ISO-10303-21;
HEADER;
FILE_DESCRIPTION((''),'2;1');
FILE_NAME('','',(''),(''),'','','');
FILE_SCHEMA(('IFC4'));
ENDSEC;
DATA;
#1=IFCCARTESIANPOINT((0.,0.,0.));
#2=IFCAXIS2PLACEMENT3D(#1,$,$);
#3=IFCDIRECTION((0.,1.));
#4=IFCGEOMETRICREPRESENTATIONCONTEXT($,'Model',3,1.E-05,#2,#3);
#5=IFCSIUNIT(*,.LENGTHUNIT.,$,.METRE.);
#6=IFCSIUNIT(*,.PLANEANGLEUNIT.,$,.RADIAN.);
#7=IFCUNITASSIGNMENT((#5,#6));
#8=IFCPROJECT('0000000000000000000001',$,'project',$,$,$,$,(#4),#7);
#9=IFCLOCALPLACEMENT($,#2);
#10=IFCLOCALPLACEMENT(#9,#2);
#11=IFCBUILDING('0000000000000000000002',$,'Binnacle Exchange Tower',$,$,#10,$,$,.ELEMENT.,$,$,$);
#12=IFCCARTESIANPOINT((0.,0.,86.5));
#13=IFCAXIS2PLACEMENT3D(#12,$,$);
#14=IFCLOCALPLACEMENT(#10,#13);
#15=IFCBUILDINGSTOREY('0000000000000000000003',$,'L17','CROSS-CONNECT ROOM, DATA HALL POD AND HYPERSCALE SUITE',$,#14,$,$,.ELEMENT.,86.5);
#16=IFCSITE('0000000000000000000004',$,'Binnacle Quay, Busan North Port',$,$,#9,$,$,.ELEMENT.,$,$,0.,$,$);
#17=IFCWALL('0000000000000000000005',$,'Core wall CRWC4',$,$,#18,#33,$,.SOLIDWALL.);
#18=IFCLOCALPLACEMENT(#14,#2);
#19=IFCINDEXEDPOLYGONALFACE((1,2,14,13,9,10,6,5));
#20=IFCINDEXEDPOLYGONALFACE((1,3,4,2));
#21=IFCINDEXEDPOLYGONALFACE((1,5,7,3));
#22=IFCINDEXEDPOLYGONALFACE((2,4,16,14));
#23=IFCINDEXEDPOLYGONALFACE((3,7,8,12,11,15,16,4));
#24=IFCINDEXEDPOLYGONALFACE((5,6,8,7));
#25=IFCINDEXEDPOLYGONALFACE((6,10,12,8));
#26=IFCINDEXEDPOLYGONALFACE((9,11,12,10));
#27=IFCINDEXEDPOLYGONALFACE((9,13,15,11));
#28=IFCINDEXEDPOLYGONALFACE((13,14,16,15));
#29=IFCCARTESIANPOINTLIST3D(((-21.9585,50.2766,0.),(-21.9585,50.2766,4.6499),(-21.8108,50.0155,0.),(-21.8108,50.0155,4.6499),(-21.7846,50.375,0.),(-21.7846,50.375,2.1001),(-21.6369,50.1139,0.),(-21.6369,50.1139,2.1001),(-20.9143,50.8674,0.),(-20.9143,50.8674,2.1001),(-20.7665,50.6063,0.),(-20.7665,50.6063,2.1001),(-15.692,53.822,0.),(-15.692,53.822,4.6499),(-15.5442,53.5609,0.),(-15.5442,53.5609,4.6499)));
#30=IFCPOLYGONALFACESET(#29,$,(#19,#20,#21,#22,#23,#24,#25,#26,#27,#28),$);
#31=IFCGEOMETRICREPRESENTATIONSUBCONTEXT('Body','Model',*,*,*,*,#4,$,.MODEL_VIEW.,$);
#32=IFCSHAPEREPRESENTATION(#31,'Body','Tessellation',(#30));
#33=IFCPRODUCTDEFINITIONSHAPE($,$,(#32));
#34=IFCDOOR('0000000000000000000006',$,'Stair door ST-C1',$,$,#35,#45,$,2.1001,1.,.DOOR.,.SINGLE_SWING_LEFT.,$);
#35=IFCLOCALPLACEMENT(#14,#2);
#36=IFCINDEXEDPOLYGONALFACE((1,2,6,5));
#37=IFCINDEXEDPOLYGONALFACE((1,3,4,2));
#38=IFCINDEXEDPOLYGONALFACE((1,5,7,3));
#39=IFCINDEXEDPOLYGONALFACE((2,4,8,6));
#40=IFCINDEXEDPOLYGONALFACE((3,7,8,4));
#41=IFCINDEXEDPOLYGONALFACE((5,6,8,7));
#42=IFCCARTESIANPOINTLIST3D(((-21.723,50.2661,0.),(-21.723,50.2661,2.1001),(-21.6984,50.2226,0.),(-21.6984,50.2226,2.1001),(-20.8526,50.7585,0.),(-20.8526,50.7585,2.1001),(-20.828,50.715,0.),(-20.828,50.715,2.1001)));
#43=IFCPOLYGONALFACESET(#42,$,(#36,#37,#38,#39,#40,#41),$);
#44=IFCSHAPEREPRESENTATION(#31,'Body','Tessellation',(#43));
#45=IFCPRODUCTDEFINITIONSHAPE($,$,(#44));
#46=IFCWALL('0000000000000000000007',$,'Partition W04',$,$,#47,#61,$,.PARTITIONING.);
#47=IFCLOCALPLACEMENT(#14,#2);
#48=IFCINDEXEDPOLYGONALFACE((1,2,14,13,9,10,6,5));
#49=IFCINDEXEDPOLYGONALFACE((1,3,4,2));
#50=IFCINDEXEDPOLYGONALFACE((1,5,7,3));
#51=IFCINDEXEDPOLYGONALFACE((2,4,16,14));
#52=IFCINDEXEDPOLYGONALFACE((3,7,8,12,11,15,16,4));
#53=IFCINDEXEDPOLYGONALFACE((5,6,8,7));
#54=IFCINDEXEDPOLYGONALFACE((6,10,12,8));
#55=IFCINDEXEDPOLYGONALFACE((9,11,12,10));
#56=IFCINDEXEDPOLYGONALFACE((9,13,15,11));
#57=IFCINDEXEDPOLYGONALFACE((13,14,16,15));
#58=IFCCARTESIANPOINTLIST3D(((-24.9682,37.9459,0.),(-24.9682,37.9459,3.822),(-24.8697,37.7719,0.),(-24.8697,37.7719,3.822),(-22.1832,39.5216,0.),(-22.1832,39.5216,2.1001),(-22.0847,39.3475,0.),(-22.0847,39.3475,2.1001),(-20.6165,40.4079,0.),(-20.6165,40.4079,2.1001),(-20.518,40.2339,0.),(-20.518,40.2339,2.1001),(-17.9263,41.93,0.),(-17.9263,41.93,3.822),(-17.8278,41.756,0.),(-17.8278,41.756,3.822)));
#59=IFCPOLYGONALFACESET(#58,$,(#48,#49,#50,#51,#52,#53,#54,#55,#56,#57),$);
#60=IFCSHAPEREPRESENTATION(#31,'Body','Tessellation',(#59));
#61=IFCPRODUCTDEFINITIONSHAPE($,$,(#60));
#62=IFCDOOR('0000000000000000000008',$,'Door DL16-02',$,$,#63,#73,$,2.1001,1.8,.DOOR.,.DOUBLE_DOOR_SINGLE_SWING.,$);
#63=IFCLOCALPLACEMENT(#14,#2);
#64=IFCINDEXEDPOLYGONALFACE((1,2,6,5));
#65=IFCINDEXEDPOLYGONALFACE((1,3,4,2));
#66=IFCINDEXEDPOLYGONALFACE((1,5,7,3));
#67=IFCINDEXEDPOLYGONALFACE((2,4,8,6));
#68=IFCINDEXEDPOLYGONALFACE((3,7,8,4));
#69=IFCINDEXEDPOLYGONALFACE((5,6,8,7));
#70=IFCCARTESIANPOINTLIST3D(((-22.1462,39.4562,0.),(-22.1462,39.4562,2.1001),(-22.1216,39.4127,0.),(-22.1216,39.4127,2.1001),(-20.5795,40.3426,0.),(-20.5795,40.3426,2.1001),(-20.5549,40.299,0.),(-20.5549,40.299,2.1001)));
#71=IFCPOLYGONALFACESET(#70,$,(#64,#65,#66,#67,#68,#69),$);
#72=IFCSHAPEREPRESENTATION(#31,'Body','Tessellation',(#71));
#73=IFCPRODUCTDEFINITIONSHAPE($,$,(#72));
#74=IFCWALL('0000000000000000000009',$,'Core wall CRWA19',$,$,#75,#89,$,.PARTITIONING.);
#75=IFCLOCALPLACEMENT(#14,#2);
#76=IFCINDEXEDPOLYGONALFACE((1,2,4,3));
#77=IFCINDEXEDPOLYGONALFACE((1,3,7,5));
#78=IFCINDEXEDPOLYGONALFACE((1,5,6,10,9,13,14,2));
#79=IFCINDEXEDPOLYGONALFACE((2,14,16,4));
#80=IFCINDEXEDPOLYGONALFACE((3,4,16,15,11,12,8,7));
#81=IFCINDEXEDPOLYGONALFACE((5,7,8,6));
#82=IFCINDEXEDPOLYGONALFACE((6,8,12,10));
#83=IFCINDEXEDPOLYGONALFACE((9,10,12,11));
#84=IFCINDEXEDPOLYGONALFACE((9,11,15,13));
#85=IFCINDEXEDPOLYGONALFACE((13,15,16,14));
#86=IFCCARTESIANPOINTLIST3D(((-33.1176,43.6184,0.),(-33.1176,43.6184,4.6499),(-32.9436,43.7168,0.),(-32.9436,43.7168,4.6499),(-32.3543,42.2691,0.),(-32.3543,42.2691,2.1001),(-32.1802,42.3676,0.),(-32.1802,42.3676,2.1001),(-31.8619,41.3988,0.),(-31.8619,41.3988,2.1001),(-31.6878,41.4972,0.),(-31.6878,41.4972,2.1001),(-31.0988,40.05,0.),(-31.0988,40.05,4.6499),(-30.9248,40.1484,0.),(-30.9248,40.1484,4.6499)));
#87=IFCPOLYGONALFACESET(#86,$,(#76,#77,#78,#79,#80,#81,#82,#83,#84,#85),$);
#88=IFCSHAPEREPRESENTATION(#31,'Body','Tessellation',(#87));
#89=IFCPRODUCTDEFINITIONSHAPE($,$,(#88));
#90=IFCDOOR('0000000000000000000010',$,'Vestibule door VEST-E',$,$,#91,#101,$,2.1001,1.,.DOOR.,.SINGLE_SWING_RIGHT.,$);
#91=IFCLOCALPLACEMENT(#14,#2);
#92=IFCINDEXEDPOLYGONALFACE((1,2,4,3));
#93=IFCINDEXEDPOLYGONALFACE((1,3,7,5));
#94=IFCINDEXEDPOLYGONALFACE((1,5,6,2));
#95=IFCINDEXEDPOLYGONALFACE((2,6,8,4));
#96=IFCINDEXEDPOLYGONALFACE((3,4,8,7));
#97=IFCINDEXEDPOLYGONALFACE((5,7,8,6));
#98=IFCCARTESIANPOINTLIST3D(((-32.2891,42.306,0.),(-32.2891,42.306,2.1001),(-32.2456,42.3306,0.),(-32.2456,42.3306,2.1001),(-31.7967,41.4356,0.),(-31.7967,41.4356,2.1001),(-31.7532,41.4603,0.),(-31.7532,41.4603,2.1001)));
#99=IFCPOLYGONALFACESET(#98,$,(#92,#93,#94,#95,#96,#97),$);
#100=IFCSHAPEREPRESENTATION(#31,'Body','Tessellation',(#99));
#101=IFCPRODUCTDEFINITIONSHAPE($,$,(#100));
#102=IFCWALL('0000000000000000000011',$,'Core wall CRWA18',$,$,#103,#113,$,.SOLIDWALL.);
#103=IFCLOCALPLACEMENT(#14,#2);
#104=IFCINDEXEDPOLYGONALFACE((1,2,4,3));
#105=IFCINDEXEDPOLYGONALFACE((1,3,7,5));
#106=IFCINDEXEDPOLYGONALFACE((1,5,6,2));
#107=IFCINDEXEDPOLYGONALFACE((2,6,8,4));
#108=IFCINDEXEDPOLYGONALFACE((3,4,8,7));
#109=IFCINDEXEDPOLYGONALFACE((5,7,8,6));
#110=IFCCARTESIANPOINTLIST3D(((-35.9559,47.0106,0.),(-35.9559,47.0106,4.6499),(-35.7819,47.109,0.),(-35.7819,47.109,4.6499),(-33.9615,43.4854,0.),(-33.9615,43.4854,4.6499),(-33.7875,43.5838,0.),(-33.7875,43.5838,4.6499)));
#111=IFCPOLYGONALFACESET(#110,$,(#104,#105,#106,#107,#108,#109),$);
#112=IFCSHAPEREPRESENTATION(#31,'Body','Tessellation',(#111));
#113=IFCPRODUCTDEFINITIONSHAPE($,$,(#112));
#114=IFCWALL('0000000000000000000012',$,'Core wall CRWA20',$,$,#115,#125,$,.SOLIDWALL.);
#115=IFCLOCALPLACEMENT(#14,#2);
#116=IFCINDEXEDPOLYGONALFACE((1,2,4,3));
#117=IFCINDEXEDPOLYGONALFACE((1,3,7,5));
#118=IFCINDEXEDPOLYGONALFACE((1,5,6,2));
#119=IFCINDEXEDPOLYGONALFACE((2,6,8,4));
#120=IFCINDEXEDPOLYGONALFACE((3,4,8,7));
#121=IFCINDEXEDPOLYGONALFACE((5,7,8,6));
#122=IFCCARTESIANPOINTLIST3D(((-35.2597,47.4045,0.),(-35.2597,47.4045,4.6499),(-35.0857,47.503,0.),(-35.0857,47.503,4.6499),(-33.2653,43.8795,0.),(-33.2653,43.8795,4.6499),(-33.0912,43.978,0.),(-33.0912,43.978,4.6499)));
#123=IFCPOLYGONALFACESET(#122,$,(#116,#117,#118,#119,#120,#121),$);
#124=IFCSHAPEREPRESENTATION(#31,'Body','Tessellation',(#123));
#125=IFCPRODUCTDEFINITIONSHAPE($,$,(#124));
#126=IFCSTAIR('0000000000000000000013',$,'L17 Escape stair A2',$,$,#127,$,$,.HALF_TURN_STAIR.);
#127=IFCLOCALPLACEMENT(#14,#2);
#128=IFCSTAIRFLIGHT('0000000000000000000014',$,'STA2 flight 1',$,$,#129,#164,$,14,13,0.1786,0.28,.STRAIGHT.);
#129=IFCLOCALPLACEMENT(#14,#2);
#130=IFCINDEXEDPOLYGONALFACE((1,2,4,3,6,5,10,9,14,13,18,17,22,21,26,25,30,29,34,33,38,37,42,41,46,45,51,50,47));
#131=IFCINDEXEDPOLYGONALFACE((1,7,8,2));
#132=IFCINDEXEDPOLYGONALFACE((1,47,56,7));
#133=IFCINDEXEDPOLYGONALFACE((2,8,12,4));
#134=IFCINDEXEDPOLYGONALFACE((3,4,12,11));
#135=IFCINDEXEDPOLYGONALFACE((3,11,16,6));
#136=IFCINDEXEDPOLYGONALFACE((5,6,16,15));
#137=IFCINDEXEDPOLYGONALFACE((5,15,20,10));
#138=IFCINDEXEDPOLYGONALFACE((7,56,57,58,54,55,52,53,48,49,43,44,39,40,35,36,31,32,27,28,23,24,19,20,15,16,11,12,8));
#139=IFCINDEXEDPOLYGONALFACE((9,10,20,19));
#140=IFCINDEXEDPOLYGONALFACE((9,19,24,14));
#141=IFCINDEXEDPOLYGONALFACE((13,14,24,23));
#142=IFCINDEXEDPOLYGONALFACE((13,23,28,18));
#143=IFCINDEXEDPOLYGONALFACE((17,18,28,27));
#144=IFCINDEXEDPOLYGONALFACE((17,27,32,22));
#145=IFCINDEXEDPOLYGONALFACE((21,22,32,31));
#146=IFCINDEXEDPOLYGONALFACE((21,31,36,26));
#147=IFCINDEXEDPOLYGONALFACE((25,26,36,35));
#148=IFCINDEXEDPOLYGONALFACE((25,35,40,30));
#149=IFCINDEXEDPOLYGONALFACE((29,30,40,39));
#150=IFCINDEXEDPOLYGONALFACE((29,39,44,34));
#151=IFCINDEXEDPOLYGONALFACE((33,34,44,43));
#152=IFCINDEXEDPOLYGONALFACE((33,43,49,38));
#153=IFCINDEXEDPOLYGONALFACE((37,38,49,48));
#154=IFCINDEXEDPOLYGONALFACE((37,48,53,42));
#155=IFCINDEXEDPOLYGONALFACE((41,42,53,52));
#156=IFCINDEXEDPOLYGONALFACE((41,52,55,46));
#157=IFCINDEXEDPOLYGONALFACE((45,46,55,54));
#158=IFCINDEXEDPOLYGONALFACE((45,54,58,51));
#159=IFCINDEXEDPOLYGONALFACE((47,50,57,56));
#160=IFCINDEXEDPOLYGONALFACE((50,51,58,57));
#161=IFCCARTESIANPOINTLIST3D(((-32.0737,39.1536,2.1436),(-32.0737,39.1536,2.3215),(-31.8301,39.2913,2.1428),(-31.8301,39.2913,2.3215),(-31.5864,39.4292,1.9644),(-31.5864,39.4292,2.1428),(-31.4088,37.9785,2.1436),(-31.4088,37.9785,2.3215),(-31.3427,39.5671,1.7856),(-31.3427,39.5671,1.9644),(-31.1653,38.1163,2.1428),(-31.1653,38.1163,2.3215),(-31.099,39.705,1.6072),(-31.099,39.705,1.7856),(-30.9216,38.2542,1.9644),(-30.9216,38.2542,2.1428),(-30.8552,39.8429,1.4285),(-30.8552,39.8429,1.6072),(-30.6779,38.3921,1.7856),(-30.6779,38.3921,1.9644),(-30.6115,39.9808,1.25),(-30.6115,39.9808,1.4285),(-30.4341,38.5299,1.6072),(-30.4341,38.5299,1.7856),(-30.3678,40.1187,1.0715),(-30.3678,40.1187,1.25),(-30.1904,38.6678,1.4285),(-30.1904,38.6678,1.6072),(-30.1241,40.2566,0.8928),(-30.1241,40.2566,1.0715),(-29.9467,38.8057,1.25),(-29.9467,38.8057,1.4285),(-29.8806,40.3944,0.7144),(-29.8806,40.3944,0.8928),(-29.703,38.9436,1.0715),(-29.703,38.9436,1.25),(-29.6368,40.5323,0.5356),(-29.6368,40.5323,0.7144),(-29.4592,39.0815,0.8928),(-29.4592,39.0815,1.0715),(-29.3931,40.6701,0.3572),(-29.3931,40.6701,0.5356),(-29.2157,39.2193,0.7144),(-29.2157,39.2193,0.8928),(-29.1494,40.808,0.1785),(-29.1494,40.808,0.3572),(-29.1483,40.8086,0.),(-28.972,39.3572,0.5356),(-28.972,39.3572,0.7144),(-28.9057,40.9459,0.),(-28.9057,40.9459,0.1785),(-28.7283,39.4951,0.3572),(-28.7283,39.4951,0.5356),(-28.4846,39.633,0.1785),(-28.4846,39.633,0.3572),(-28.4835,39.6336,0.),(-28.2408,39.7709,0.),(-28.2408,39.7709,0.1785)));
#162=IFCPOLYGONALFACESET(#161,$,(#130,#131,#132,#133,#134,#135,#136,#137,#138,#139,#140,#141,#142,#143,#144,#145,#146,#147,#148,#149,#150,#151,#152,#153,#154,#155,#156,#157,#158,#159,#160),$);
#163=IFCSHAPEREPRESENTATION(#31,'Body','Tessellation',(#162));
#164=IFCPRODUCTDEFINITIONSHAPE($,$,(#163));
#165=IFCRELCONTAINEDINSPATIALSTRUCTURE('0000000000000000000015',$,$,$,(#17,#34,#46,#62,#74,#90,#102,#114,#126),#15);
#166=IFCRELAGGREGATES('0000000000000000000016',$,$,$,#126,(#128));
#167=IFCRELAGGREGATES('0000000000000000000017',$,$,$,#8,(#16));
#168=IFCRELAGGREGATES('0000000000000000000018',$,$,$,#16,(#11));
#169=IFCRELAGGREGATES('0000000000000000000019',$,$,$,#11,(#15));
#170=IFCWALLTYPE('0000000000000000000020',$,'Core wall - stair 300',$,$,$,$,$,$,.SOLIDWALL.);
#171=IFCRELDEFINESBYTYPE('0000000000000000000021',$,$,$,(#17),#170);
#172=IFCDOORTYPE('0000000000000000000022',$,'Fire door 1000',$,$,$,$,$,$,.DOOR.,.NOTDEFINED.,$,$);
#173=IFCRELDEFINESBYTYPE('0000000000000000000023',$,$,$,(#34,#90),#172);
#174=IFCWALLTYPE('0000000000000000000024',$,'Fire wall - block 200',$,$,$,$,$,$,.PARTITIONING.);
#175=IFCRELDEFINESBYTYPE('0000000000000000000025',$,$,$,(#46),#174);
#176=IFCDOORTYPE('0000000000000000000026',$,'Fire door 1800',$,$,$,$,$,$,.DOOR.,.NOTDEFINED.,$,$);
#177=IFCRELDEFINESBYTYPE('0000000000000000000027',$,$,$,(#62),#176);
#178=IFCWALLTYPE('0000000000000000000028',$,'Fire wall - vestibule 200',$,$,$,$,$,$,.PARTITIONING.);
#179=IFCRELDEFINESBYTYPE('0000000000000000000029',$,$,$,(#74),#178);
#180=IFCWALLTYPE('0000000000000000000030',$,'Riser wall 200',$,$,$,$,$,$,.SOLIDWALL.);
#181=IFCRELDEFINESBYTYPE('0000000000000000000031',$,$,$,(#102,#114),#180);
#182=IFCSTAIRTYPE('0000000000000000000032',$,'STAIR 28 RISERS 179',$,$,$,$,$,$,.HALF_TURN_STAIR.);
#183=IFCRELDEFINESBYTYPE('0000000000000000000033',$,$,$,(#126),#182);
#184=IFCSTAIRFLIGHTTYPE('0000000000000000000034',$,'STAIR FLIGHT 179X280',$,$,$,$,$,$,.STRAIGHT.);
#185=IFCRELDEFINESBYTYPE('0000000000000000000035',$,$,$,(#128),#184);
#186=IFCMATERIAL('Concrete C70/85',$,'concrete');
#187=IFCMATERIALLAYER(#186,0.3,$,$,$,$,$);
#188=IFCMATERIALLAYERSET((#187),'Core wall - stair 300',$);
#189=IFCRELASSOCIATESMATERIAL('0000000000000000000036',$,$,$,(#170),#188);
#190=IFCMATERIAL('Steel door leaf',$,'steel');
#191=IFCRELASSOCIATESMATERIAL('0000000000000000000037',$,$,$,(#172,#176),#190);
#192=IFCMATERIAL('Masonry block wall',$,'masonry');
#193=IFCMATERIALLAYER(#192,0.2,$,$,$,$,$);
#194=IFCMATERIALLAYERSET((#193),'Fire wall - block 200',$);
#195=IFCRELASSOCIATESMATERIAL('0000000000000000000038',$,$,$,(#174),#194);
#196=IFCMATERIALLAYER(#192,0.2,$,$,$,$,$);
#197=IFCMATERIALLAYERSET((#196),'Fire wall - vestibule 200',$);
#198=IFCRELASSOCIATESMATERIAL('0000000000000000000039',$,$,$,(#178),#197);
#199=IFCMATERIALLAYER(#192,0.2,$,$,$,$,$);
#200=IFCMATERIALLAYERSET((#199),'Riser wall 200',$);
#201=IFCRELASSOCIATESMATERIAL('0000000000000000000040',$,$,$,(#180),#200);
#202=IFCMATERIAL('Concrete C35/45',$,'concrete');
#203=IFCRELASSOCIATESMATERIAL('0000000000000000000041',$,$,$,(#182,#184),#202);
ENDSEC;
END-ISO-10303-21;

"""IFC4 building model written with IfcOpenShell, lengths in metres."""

from ifc_helpers import new_model, si_unit, direction, frame, frame_2d, origin, place, context, subcontext, project, spatial, polyline, rectangle, outline, extrude, material, layer, layer_set, type_object, element, fill, aggregate, save


model = new_model("IFC4")

# Units and contexts
model_context = context("Model", 3, precision=1e-05, world=origin(), true_north=direction((0.0, 1.0)))
body_context = subcontext(model_context, "Body", "Model", "MODEL_VIEW")
ifc_project = project(units=[si_unit("LENGTHUNIT", "METRE"), si_unit("PLANEANGLEUNIT", "RADIAN")], contexts=[model_context])

# Site, building, storey
site_placement = place(None, origin())
site = spatial("IfcSite", under=ifc_project, at=site_placement, Name="Binnacle Quay, Busan North Port", CompositionType="ELEMENT", RefElevation=0.0)
building_placement = place(site_placement, origin())
building = spatial("IfcBuilding", under=site, at=building_placement, Name="Binnacle Exchange Tower", CompositionType="ELEMENT")
storey_placement = place(building_placement, frame((0.0, 0.0, 86.5)))
storey = spatial("IfcBuildingStorey", under=building, at=storey_placement, Name="L17", Description="CROSS-CONNECT ROOM, DATA HALL POD AND HYPERSCALE SUITE", CompositionType="ELEMENT", Elevation=86.5)

# Shared definitions
ifc_material_1 = material(Name="Concrete C70/85", Category="concrete")

# Shared definitions
ifc_layer_1 = layer(ifc_material_1, 0.3)
ifc_layer_set_1 = layer_set([ifc_layer_1], Name="Core wall - stair 300")
wall_type_1 = type_object("IfcWallType", Name="Core wall - stair 300", PredefinedType="SOLIDWALL", material=ifc_layer_set_1)
ifc_material_2 = material(Name="Steel door leaf", Category="steel")
door_type_1 = type_object("IfcDoorType", Name="Fire door 1000", OperationType="NOTDEFINED", PredefinedType="DOOR", material=ifc_material_2)

# Walls, openings, doors
wall_1_placement = place(storey_placement, frame((-21.8848, 50.146, 0.0), z_axis=(0.0, 0.0, 1.0), x_axis=(0.870359, 0.492417, 0.0)))
wall_1 = element("IfcWall", 1, at=wall_1_placement, inside=storey, type_object=wall_type_1, Name="Core wall CRWC4", PredefinedType="SOLIDWALL", context=body_context, shape_type="SweptSolid", body=[
    extrude(rectangle(XDim=7.2, YDim=0.3, at=frame_2d((3.6001, 0.0))), origin(), (0.0, 0.0, 1.0), 4.6499),
])
opening_1_placement = place(wall_1_placement, frame((0.2, 0.0, 0.0)))
opening_1 = element("IfcOpeningElement", 2, at=opening_1_placement, cuts=wall_1, PredefinedType="OPENING", context=body_context, shape_type="SweptSolid", body=[
    extrude(rectangle(XDim=1.0, YDim=2.1001, at=frame_2d((0.5, 1.05))), frame((0.0, 0.1599, 0.0), z_axis=(0.0, -1.0, 0.0), x_axis=(1.0, 0.0, 0.0)), (0.0, 0.0, 1.0), 0.3201),
])
door_1_placement = place(opening_1_placement, origin())
door_1 = element("IfcDoor", 3, at=door_1_placement, inside=storey, type_object=door_type_1, Name="Stair door ST-C1", OperationType="SINGLE_SWING_LEFT", OverallHeight=2.1001, OverallWidth=1.0, PredefinedType="DOOR", context=body_context, shape_type="SweptSolid", body=[
    extrude(rectangle(XDim=1.0, YDim=2.1001, at=frame_2d((0.5, 1.05))), frame((0.0, 0.0249, 0.0), z_axis=(0.0, -1.0, 0.0), x_axis=(1.0, 0.0, 0.0)), (0.0, 0.0, 1.0), 0.05),
])
fill(opening_1, door_1)
ifc_material_3 = material(Name="Masonry block wall", Category="masonry")
ifc_layer_2 = layer(ifc_material_3, 0.2)
ifc_layer_set_2 = layer_set([ifc_layer_2], Name="Fire wall - block 200")
wall_type_2 = type_object("IfcWallType", Name="Fire wall - block 200", PredefinedType="PARTITIONING", material=ifc_layer_set_2)
wall_2_placement = place(storey_placement, frame((-24.9189, 37.8589, 0.0), z_axis=(0.0, 0.0, 1.0), x_axis=(0.870358, 0.49242, 0.0)))
wall_2 = element("IfcWall", 4, at=wall_2_placement, inside=storey, type_object=wall_type_2, Name="Partition W04", PredefinedType="PARTITIONING", context=body_context, shape_type="SweptSolid", body=[
    extrude(rectangle(XDim=8.0908, YDim=0.2, at=frame_2d((4.0454, 0.0))), origin(), (0.0, 0.0, 1.0), 3.822),
])
opening_2_placement = place(wall_2_placement, frame((3.2, 0.0, 0.0)))
opening_2 = element("IfcOpeningElement", 5, at=opening_2_placement, cuts=wall_2, PredefinedType="OPENING", context=body_context, shape_type="SweptSolid", body=[
    extrude(rectangle(XDim=1.8, YDim=2.1001, at=frame_2d((0.8999, 1.05))), frame((0.0, 0.1099, 0.0), z_axis=(0.0, -1.0, 0.0), x_axis=(1.0, 0.0, 0.0)), (0.0, 0.0, 1.0), 0.22),
])
door_type_2 = type_object("IfcDoorType", Name="Fire door 1800", OperationType="NOTDEFINED", PredefinedType="DOOR", material=ifc_material_2)
door_2_placement = place(opening_2_placement, origin())
door_2 = element("IfcDoor", 6, at=door_2_placement, inside=storey, type_object=door_type_2, Name="Door DL16-02", OperationType="DOUBLE_DOOR_SINGLE_SWING", OverallHeight=2.1001, OverallWidth=1.8, PredefinedType="DOOR", context=body_context, shape_type="SweptSolid", body=[
    extrude(rectangle(XDim=1.8, YDim=2.1001, at=frame_2d((0.8999, 1.05))), frame((0.0, 0.0249, 0.0), z_axis=(0.0, -1.0, 0.0), x_axis=(1.0, 0.0, 0.0)), (0.0, 0.0, 1.0), 0.05),
])
fill(opening_2, door_2)
ifc_layer_3 = layer(ifc_material_3, 0.2)
ifc_layer_set_3 = layer_set([ifc_layer_3], Name="Fire wall - vestibule 200")
wall_type_3 = type_object("IfcWallType", Name="Fire wall - vestibule 200", PredefinedType="PARTITIONING", material=ifc_layer_set_3)
wall_3_placement = place(storey_placement, frame((-33.0305, 43.6675, 0.0), z_axis=(0.0, 0.0, 1.0), x_axis=(0.492408, -0.870364, 0.0)))
wall_3 = element("IfcWall", 7, at=wall_3_placement, inside=storey, type_object=wall_type_3, Name="Core wall CRWA19", PredefinedType="PARTITIONING", context=body_context, shape_type="SweptSolid", body=[
    extrude(rectangle(XDim=4.0999, YDim=0.2, at=frame_2d((2.0498, 0.0))), origin(), (0.0, 0.0, 1.0), 4.6499),
])
opening_3_placement = place(wall_3_placement, frame((1.55, 0.0, 0.0)))
opening_3 = element("IfcOpeningElement", 8, at=opening_3_placement, cuts=wall_3, PredefinedType="OPENING", context=body_context, shape_type="SweptSolid", body=[
    extrude(rectangle(XDim=1.0, YDim=2.1001, at=frame_2d((0.5, 1.05))), frame((0.0, 0.1099, 0.0), z_axis=(0.0, -1.0, 0.0), x_axis=(1.0, 0.0, 0.0)), (0.0, 0.0, 1.0), 0.22),
])
door_3_placement = place(opening_3_placement, origin())
door_3 = element("IfcDoor", 9, at=door_3_placement, inside=storey, type_object=door_type_1, Name="Vestibule door VEST-E", OperationType="SINGLE_SWING_RIGHT", OverallHeight=2.1001, OverallWidth=1.0, PredefinedType="DOOR", context=body_context, shape_type="SweptSolid", body=[
    extrude(rectangle(XDim=1.0, YDim=2.1001, at=frame_2d((0.5, 1.05))), frame((0.0, 0.0249, 0.0), z_axis=(0.0, -1.0, 0.0), x_axis=(1.0, 0.0, 0.0)), (0.0, 0.0, 1.0), 0.05),
])
fill(opening_3, door_3)

# Walls
ifc_layer_4 = layer(ifc_material_3, 0.2)
ifc_layer_set_4 = layer_set([ifc_layer_4], Name="Riser wall 200")
wall_type_4 = type_object("IfcWallType", Name="Riser wall 200", PredefinedType="SOLIDWALL", material=ifc_layer_set_4)
wall_4_placement = place(storey_placement, frame((-35.8689, 47.0598, 0.0), z_axis=(0.0, 0.0, 1.0), x_axis=(0.492415, -0.870361, 0.0)))
element("IfcWall", 10, at=wall_4_placement, inside=storey, type_object=wall_type_4, Name="Core wall CRWA18", PredefinedType="SOLIDWALL", context=body_context, shape_type="SweptSolid", body=[
    extrude(rectangle(XDim=4.0503, YDim=0.2, at=frame_2d((2.0251, 0.0))), origin(), (0.0, 0.0, 1.0), 4.6499),
])
wall_5_placement = place(storey_placement, frame((-35.1726, 47.4536, 0.0), z_axis=(0.0, 0.0, 1.0), x_axis=(0.492441, -0.870346, 0.0)))
element("IfcWall", 11, at=wall_5_placement, inside=storey, type_object=wall_type_4, Name="Core wall CRWA20", PredefinedType="SOLIDWALL", context=body_context, shape_type="SweptSolid", body=[
    extrude(rectangle(XDim=4.05, YDim=0.2, at=frame_2d((2.0249, 0.0))), origin(), (0.0, 0.0, 1.0), 4.6499),
])

# Stair, stair flight
ifc_material_4 = material(Name="Concrete C35/45", Category="concrete")
stair_type = type_object("IfcStairType", Name="STAIR 28 RISERS 179", PredefinedType="HALF_TURN_STAIR", material=ifc_material_4)
stair_placement = place(storey_placement, origin())
stair = element("IfcStair", 12, at=stair_placement, inside=storey, type_object=stair_type, Name="L17 Escape stair A2", PredefinedType="HALF_TURN_STAIR")
stair_flight_type = type_object("IfcStairFlightType", Name="STAIR FLIGHT 179X280", PredefinedType="STRAIGHT", material=ifc_material_4)
stair_flight_placement = place(storey_placement, frame((-28.5732, 40.3584, 0.0), z_axis=(0.0, 0.0, 1.0), x_axis=(-0.870356, -0.492424, 0.0)))
stair_flight = element("IfcStairFlight", 13, at=stair_flight_placement, type_object=stair_flight_type, Name="STA2 flight 1", NumberOfRisers=14, NumberOfTreads=13, PredefinedType="STRAIGHT", RiserHeight=0.1786, TreadLength=0.28, context=body_context, shape_type="SweptSolid", body=[
    extrude(outline(polyline([(0.0, 0.0), (0.0, 0.1785), (0.28, 0.1785), (0.28, 0.3572), (0.5601, 0.3572), (0.5601, 0.5356), (0.8401, 0.5356), (0.8401, 0.7144), (1.1201, 0.7144), (1.1201, 0.8928), (1.3999, 0.8928), (1.3999, 1.0715), (1.6799, 1.0715), (1.6799, 1.25), (1.96, 1.25), (1.96, 1.4285), (2.24, 1.4285), (2.24, 1.6072), (2.52, 1.6072), (2.52, 1.7856), (2.8, 1.7856), (2.8, 1.9644), (3.0801, 1.9644), (3.0801, 2.1428), (3.3601, 2.1428), (3.3601, 2.3215), (3.6399, 2.3215), (3.6399, 2.5), (3.6399, 2.1436), (0.2788, 0.0), (0.0, 0.0)])), frame((0.0, 0.675, 0.0), z_axis=(0.0, -1.0, 0.0), x_axis=(1.0, 0.0, 0.0)), (0.0, 0.0, 1.0), 1.3501),
])
aggregate(stair, [stair_flight])

save(model, "model.ifc")
